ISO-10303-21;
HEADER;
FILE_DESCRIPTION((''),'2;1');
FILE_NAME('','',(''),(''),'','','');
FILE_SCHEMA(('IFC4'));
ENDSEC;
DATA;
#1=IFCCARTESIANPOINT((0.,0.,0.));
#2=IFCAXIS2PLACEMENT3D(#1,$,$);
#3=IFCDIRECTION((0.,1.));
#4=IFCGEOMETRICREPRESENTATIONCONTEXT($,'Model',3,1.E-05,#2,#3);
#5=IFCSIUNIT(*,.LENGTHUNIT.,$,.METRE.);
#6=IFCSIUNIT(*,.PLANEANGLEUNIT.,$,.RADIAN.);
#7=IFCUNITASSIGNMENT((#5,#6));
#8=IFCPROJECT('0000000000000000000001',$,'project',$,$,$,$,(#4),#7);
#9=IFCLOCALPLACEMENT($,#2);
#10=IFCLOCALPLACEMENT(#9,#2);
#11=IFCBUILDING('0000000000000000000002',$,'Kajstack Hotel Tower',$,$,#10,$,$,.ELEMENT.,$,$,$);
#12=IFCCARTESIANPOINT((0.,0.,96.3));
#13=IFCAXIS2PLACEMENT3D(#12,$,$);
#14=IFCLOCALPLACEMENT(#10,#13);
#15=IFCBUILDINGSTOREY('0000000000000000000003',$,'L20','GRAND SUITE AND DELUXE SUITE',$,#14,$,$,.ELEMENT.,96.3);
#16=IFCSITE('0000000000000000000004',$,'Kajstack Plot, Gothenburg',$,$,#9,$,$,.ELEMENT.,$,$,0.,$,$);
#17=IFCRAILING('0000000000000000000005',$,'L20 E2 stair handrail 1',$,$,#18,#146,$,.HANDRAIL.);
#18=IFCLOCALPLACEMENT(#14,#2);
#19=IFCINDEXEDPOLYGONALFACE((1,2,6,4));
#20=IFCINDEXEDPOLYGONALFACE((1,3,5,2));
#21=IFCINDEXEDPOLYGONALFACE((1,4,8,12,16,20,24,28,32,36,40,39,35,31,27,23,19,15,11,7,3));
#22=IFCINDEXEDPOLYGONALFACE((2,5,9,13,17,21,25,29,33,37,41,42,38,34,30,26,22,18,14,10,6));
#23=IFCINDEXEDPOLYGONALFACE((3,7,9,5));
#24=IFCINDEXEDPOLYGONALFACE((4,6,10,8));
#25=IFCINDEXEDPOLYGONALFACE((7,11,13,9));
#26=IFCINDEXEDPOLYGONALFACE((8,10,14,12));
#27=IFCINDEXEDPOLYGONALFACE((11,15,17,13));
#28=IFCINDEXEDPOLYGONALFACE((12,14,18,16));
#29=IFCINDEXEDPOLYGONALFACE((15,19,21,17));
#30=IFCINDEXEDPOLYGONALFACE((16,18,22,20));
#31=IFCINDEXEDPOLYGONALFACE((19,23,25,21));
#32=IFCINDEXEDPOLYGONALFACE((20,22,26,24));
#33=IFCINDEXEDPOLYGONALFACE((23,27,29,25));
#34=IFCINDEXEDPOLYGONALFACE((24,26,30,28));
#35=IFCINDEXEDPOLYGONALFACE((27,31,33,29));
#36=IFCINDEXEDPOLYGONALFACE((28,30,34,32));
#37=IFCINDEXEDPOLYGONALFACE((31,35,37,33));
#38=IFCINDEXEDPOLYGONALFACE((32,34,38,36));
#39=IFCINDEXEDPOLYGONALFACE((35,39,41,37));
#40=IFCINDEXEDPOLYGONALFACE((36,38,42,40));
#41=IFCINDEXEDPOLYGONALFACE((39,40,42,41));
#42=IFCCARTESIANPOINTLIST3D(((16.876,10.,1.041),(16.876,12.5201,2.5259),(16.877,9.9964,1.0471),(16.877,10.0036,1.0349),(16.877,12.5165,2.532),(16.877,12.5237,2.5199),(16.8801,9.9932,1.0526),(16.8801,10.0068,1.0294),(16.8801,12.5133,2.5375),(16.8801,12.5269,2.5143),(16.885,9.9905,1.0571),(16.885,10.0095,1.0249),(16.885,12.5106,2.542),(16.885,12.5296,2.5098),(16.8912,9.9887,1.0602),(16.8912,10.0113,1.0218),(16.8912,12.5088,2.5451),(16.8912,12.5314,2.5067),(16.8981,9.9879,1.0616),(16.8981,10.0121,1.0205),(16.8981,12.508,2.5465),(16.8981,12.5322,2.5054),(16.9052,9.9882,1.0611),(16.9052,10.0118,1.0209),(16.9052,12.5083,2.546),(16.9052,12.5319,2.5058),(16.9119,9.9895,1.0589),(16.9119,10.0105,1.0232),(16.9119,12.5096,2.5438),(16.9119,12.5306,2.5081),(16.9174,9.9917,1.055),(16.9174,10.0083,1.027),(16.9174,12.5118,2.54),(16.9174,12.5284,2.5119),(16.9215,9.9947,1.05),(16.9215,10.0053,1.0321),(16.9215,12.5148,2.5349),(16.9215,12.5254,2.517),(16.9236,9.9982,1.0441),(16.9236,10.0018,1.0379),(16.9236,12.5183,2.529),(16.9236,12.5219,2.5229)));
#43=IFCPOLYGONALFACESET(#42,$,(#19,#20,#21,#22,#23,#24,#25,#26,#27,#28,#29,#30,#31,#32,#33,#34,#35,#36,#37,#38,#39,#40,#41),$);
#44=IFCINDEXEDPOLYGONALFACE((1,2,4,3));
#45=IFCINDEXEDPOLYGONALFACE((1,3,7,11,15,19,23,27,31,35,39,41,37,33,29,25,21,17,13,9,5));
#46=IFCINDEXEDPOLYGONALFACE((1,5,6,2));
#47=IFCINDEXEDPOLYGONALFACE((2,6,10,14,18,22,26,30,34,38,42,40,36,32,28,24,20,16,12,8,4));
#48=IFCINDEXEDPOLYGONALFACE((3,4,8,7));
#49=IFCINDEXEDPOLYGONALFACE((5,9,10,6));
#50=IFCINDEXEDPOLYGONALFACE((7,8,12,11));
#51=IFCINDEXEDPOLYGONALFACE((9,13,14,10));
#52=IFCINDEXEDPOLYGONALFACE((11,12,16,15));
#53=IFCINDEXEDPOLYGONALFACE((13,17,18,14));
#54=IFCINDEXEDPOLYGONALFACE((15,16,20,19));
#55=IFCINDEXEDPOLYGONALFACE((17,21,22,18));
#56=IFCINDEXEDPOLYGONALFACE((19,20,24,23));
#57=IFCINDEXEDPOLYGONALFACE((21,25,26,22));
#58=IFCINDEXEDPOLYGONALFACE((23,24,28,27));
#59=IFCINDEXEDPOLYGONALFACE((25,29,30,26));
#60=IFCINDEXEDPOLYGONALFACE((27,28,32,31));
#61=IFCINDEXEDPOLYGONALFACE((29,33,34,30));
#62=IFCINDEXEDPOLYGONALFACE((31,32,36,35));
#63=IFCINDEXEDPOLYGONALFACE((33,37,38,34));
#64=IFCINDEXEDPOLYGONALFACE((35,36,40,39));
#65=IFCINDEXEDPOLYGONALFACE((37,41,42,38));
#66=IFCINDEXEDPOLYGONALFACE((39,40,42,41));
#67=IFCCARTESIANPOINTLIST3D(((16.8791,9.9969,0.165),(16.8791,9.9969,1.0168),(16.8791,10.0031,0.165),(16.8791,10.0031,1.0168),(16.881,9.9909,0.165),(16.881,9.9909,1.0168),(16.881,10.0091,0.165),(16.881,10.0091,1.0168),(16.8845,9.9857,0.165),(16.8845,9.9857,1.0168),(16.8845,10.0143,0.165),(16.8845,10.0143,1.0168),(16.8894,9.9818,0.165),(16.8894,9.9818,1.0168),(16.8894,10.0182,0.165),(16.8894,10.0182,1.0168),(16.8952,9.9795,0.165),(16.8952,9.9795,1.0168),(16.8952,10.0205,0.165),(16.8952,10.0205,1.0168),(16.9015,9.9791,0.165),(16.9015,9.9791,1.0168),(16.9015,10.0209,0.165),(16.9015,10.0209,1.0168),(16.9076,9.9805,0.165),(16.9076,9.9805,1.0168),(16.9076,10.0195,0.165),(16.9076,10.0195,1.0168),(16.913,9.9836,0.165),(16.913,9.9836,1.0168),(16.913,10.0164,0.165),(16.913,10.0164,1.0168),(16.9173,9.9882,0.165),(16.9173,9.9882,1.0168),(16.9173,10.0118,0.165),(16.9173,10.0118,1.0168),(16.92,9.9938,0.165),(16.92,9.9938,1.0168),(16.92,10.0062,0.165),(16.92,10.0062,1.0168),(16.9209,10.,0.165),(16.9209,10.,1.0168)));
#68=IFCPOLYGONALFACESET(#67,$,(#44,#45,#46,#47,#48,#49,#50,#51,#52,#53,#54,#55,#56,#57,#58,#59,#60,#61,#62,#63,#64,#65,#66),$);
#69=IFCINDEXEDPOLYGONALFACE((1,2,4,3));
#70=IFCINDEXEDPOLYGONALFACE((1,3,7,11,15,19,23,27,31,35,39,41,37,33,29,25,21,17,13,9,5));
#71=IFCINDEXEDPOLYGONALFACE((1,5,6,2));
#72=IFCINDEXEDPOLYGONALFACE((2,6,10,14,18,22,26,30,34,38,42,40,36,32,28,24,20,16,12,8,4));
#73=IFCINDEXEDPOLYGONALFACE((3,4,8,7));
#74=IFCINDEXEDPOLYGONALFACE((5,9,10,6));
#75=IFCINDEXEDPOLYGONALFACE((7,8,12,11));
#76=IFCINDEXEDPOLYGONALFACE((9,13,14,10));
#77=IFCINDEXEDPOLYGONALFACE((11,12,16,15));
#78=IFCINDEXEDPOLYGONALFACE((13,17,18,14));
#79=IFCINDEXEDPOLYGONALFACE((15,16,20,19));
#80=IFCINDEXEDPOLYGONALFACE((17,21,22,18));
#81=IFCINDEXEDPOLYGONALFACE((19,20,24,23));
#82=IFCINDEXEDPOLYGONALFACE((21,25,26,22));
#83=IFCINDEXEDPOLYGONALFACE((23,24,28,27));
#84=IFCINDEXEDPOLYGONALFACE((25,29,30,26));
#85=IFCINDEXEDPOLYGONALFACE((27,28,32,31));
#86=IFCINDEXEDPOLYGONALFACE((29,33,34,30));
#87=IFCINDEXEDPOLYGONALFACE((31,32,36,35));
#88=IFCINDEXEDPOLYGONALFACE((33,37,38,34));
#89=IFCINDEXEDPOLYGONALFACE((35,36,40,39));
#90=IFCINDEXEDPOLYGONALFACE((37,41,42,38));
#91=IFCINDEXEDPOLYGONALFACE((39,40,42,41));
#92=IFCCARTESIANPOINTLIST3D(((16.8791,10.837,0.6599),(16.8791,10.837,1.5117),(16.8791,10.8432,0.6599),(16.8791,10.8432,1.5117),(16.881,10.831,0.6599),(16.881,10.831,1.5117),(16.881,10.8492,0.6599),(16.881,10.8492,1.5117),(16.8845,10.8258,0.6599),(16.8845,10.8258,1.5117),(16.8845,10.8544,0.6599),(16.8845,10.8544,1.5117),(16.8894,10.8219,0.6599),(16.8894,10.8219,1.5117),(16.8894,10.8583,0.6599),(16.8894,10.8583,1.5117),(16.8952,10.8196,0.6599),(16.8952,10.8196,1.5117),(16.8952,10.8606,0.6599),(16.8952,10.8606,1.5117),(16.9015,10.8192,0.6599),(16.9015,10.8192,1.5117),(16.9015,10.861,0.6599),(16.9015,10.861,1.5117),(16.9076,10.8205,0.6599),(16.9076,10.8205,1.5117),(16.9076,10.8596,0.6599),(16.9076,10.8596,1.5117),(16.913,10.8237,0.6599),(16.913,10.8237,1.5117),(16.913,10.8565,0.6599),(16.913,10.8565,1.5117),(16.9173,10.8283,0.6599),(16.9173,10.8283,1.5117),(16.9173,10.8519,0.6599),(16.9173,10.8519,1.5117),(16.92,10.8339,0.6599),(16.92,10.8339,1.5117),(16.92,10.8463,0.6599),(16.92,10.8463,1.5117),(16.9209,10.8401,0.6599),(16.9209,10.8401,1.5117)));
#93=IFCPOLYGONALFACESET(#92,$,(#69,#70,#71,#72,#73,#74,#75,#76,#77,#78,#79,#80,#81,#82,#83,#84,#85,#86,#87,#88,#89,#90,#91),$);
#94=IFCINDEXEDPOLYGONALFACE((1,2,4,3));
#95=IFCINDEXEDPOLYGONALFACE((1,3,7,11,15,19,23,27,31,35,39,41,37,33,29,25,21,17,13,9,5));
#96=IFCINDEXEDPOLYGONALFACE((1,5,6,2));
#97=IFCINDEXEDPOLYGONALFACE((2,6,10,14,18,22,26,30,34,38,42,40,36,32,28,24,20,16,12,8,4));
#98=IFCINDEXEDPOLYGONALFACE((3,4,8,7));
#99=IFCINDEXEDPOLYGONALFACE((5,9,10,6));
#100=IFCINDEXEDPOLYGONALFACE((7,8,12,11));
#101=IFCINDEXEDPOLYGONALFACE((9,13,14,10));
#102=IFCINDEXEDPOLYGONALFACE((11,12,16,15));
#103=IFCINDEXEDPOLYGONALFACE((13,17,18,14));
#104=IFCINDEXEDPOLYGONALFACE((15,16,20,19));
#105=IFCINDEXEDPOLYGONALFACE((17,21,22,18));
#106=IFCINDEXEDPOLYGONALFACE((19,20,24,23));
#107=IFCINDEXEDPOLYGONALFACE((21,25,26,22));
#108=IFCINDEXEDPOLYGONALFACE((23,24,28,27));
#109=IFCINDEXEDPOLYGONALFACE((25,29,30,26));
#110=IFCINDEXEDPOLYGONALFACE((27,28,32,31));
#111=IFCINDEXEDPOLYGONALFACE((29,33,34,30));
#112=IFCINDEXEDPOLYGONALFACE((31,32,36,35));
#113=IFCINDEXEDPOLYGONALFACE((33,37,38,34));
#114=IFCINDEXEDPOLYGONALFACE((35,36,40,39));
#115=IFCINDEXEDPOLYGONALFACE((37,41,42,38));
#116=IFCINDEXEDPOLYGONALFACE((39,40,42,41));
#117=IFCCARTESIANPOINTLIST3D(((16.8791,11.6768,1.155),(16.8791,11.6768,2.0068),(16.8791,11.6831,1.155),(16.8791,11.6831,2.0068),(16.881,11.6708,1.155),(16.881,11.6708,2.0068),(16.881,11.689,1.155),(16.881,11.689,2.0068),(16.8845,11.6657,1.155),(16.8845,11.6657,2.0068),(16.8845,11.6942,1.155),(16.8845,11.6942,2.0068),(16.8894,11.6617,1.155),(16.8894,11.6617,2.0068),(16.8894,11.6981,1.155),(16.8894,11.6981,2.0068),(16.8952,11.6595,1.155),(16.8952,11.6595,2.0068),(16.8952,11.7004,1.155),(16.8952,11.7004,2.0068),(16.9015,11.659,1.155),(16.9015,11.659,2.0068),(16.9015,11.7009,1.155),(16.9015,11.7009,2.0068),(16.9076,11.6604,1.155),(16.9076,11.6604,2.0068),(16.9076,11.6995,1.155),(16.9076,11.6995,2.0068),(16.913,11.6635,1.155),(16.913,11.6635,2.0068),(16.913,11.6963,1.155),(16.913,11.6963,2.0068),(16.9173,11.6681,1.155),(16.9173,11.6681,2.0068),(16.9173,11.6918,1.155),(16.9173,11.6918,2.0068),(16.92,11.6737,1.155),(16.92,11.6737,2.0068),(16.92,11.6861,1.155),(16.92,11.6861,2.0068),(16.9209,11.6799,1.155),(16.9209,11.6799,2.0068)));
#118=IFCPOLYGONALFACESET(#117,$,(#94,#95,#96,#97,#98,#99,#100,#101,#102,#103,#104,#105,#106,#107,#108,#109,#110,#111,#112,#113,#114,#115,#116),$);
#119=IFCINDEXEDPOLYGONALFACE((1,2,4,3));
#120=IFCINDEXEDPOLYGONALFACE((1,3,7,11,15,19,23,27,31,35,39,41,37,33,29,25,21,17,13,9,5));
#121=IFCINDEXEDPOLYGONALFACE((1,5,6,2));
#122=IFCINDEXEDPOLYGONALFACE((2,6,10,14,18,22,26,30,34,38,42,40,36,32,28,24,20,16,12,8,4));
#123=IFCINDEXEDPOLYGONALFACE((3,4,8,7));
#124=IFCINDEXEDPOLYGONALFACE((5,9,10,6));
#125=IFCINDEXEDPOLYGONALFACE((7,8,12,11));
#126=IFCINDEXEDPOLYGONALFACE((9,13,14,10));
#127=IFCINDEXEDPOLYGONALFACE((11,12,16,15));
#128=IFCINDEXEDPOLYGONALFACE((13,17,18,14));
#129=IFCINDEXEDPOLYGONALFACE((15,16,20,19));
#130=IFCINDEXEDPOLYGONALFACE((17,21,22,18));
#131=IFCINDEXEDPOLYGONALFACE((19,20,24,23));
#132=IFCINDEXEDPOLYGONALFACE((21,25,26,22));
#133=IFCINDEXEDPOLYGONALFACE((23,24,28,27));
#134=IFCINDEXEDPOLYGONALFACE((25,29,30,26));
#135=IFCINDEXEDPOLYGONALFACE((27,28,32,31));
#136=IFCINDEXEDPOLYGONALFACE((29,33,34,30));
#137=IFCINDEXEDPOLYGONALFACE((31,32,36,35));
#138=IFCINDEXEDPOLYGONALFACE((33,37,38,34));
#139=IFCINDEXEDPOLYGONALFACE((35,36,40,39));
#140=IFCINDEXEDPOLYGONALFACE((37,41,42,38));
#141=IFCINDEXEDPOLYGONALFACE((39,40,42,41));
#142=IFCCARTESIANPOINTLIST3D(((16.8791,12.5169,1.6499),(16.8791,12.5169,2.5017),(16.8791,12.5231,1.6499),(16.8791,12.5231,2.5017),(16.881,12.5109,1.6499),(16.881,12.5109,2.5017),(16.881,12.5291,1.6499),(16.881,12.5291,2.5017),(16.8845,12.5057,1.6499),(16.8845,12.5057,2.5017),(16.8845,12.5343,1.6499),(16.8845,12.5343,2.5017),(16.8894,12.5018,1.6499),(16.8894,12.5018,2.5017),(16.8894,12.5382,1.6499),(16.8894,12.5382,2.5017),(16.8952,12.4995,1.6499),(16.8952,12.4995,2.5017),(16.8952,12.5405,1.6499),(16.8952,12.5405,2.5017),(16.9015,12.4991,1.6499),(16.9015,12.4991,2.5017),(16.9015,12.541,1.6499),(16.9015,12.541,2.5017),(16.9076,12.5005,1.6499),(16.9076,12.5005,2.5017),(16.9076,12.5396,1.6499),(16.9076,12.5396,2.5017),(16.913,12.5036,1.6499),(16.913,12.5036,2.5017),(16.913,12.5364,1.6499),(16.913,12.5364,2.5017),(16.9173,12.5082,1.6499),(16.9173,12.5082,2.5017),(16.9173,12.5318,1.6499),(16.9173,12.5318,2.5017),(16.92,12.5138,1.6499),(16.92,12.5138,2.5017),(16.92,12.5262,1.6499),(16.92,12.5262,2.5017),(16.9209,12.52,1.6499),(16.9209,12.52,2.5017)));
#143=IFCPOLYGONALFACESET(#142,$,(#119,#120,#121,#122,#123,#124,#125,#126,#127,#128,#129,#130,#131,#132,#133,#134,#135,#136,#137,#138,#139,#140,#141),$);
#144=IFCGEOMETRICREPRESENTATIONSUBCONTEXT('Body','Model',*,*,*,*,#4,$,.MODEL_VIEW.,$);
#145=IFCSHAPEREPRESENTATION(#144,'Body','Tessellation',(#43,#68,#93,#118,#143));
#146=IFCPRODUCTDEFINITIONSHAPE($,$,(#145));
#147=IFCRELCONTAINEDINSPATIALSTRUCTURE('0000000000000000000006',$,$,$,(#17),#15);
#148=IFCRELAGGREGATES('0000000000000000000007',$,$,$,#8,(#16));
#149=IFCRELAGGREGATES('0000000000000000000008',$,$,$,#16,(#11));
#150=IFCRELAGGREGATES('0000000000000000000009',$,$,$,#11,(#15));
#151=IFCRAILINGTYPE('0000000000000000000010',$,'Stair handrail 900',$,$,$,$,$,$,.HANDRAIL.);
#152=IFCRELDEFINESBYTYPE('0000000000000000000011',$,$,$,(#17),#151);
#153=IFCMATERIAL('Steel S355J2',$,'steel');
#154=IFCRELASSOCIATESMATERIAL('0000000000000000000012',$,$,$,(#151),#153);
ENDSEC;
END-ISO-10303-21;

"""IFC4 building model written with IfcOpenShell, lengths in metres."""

from ifc_helpers import new_model, si_unit, direction, frame, origin, origin_2d, place, context, subcontext, project, spatial, circle, extrude, material, type_object, element, save


model = new_model("IFC4")

# Units and contexts
model_context = context("Model", 3, precision=1e-05, world=origin(), true_north=direction((0.0, 1.0)))
body_context = subcontext(model_context, "Body", "Model", "MODEL_VIEW")
ifc_project = project(units=[si_unit("LENGTHUNIT", "METRE"), si_unit("PLANEANGLEUNIT", "RADIAN")], contexts=[model_context])

# Site, building, storey
site_placement = place(None, origin())
site = spatial("IfcSite", under=ifc_project, at=site_placement, Name="Kajstack Plot, Gothenburg", CompositionType="ELEMENT", RefElevation=0.0)
building_placement = place(site_placement, origin())
building = spatial("IfcBuilding", under=site, at=building_placement, Name="Kajstack Hotel Tower", CompositionType="ELEMENT")
storey_placement = place(building_placement, frame((0.0, 0.0, 96.3)))
storey = spatial("IfcBuildingStorey", under=building, at=storey_placement, Name="L20", Description="GRAND SUITE AND DELUXE SUITE", CompositionType="ELEMENT", Elevation=96.3)

# Railing
ifc_material_1 = material(Name="Steel S355J2", Category="steel")
railing_type_1 = type_object("IfcRailingType", Name="Stair handrail 900", PredefinedType="HANDRAIL", material=ifc_material_1)
railing_1_placement = place(storey_placement, frame((16.8999, 10.0, 0.165)))
element("IfcRailing", 1, at=railing_1_placement, inside=storey, type_object=railing_type_1, Name="L20 E2 stair handrail 1", PredefinedType="HANDRAIL", context=body_context, shape_type="SweptSolid", body=[
    extrude(circle(Radius=0.0239, at=origin_2d()), frame((0.0, 0.0, 0.876), z_axis=(0.0, 0.861561, 0.507655), x_axis=(-1.0, 0.0, 0.0)), (0.0, 0.0, 1.0), 2.925),
    extrude(circle(Radius=0.021, at=origin_2d()), origin(), (0.0, 0.0, 1.0), 0.8518),
    extrude(circle(Radius=0.021, at=origin_2d()), frame((0.0, 0.8401, 0.4949)), (0.0, 0.0, 1.0), 0.8518),
    extrude(circle(Radius=0.021, at=origin_2d()), frame((0.0, 1.6799, 0.99)), (0.0, 0.0, 1.0), 0.8518),
    extrude(circle(Radius=0.021, at=origin_2d()), frame((0.0, 2.52, 1.4849)), (0.0, 0.0, 1.0), 0.8518),
])

save(model, "model.ifc")
